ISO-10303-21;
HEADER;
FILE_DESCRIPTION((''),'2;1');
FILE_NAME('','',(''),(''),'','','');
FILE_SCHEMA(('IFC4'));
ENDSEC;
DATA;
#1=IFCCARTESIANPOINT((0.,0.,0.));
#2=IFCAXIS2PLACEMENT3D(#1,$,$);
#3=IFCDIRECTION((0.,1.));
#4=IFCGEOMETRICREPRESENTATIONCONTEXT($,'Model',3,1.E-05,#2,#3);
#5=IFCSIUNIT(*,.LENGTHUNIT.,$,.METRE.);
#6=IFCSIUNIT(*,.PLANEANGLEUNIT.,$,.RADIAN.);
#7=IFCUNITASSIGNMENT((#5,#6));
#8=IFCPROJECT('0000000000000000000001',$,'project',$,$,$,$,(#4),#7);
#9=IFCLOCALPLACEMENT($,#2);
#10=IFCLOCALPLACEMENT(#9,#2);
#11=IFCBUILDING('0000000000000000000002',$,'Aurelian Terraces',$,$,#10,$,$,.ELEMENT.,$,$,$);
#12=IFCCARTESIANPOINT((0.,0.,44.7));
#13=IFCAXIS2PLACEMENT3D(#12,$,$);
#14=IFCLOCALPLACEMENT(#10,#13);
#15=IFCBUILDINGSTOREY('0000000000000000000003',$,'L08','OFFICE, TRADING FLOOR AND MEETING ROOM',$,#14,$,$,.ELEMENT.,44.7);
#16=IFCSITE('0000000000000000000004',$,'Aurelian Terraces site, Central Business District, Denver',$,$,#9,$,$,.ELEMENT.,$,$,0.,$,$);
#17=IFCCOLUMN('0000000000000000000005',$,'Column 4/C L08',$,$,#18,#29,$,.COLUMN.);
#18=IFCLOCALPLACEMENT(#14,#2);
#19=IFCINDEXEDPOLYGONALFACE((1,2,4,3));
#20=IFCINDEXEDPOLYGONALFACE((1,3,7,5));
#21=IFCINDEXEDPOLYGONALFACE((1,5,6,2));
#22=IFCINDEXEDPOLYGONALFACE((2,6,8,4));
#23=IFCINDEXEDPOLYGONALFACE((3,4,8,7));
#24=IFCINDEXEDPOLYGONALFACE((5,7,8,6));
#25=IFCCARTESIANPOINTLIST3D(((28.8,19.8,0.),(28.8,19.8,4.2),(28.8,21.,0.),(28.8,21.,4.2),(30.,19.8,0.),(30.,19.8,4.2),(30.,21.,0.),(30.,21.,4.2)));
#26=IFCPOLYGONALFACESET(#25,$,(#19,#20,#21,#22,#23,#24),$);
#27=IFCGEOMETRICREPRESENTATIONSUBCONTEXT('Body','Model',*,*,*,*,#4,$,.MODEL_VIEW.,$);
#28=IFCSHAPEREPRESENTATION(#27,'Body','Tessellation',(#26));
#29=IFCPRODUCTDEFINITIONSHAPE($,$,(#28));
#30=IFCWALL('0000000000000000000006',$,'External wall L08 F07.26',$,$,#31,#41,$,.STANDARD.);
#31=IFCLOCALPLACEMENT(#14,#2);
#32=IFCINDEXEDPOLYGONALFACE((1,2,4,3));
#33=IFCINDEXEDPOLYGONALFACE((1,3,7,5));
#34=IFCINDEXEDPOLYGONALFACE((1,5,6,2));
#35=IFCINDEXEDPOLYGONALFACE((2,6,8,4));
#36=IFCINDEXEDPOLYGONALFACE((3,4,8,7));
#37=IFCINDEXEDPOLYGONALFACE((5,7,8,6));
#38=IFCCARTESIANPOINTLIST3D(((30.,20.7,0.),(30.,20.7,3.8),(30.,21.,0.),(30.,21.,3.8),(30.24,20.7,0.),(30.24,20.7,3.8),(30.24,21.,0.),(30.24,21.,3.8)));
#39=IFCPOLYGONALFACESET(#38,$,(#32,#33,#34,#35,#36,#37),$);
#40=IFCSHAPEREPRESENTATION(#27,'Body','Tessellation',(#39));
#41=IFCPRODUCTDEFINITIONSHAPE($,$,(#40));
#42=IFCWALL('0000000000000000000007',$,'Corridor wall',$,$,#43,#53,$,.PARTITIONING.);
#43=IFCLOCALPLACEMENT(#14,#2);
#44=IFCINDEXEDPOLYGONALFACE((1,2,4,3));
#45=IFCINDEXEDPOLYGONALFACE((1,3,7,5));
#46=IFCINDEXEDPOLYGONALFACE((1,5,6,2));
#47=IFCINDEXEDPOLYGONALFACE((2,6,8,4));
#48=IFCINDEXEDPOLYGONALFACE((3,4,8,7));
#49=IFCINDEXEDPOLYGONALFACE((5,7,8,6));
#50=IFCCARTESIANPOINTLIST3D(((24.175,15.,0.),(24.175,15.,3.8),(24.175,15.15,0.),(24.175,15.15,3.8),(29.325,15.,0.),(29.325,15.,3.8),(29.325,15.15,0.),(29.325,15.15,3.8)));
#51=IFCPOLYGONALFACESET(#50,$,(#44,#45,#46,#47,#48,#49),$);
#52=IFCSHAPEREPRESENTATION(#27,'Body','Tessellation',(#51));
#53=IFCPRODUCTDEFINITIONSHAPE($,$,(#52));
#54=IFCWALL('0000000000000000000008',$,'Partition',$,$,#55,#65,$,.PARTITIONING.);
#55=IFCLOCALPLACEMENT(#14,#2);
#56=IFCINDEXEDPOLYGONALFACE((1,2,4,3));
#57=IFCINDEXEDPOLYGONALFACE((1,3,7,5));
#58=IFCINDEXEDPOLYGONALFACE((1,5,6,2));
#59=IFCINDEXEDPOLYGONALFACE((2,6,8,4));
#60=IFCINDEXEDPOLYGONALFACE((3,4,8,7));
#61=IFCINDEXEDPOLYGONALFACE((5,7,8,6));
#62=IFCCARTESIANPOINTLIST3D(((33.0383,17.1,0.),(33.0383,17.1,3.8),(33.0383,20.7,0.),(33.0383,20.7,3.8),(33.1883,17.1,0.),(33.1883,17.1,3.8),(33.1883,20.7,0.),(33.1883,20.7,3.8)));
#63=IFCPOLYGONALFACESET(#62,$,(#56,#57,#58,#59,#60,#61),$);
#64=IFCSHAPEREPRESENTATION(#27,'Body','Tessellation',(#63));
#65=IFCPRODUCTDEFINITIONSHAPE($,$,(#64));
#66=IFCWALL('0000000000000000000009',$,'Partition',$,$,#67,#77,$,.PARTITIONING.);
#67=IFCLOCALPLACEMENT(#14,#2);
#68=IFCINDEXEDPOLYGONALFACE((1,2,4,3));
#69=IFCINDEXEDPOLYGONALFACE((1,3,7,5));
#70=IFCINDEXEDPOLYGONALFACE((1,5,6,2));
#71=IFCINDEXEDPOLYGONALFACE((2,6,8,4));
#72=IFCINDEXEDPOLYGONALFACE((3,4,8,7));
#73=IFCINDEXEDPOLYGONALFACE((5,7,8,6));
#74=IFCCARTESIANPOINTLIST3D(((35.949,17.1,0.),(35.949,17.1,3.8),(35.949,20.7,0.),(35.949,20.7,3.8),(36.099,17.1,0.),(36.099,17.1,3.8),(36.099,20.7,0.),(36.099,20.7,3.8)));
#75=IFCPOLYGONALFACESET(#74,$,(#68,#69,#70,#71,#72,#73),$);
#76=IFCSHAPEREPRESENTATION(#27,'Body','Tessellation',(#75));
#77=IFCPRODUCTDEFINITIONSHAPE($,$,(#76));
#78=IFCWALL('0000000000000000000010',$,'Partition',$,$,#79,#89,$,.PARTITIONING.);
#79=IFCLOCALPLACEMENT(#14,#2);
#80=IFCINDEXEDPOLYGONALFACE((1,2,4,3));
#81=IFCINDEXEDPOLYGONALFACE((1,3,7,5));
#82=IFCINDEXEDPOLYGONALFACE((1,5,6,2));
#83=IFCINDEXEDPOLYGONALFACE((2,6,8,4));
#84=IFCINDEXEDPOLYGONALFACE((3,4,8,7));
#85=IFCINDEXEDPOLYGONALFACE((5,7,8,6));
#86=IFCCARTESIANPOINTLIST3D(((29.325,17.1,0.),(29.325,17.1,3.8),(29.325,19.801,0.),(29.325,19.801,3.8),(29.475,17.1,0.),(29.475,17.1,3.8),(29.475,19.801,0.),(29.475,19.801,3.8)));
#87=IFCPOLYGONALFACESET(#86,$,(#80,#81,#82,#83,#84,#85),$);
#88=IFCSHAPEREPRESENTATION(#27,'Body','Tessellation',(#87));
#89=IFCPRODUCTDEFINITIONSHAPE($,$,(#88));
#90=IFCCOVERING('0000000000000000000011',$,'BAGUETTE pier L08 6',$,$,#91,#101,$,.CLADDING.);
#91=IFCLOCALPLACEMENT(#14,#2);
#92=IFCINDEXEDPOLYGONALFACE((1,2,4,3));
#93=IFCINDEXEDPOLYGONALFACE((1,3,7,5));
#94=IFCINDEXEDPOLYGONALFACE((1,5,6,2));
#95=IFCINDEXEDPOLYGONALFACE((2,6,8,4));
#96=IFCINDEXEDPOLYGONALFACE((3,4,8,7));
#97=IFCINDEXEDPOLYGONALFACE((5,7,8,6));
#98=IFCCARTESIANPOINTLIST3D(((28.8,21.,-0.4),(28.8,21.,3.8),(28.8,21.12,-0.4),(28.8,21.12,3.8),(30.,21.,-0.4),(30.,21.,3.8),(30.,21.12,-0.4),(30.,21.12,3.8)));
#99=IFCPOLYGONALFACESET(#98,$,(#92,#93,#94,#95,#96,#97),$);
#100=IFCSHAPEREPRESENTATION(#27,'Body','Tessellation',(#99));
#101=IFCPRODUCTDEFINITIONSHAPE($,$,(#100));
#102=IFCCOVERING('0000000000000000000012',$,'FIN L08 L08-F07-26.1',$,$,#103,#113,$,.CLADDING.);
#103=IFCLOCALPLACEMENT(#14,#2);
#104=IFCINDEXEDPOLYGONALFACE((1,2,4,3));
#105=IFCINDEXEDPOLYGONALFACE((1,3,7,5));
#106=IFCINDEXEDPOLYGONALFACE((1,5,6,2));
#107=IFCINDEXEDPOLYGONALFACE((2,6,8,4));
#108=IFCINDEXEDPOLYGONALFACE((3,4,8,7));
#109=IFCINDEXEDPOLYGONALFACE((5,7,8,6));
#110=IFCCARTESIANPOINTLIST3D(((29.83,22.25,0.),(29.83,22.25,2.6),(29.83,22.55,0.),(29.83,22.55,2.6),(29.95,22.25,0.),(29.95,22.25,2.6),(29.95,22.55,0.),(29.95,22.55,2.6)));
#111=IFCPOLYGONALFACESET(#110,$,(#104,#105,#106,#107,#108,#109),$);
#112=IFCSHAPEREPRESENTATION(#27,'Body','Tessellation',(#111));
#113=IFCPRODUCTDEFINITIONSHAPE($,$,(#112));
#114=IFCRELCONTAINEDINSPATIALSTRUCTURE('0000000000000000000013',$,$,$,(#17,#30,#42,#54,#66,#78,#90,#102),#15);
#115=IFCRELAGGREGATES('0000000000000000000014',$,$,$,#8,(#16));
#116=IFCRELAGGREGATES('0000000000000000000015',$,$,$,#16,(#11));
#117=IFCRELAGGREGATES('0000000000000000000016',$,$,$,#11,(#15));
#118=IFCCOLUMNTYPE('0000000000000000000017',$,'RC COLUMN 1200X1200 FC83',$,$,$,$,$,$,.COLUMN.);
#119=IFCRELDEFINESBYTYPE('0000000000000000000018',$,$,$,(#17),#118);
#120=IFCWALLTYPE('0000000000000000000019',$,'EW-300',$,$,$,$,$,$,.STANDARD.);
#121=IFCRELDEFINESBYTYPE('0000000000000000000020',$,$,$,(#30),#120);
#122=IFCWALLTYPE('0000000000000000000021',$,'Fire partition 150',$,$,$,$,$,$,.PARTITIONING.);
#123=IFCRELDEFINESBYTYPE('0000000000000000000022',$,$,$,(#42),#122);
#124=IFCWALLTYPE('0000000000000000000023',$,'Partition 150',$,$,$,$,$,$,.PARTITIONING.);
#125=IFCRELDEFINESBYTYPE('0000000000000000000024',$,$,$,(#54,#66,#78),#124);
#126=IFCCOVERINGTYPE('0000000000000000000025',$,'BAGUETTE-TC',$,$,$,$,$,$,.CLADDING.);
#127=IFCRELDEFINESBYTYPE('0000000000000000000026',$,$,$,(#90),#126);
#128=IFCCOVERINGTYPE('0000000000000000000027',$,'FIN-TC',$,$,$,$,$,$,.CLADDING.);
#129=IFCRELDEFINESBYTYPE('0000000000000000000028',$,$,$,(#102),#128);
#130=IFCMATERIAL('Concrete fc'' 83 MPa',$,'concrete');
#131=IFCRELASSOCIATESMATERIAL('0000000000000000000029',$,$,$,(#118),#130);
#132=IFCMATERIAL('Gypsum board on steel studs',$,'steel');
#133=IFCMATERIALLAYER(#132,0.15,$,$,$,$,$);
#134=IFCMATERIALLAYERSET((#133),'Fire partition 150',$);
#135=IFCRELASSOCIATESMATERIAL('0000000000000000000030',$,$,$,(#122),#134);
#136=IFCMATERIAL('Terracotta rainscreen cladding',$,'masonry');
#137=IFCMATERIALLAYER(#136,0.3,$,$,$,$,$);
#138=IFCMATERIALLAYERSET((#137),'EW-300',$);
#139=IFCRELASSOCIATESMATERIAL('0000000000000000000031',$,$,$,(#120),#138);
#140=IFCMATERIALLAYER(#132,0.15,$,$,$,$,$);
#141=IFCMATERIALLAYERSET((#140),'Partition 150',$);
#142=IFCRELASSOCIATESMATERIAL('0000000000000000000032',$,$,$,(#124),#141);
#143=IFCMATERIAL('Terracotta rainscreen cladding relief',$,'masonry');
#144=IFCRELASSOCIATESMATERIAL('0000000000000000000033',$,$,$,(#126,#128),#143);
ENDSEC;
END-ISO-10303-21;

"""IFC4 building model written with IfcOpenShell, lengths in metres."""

from ifc_helpers import new_model, si_unit, direction, frame, frame_2d, origin, origin_2d, place, context, subcontext, project, spatial, rectangle, extrude, source, transform, mapped, material, layer, layer_set, material_profile, profile_set, type_object, element, save


model = new_model("IFC4")

# Units and contexts
model_context = context("Model", 3, precision=1e-05, world=origin(), true_north=direction((0.0, 1.0)))
body_context = subcontext(model_context, "Body", "Model", "MODEL_VIEW")
ifc_project = project(units=[si_unit("LENGTHUNIT", "METRE"), si_unit("PLANEANGLEUNIT", "RADIAN")], contexts=[model_context])

# Site, building, storey
site_placement = place(None, origin())
site = spatial("IfcSite", under=ifc_project, at=site_placement, Name="Aurelian Terraces site, Central Business District, Denver", CompositionType="ELEMENT", RefElevation=0.0)
building_placement = place(site_placement, origin())
building = spatial("IfcBuilding", under=site, at=building_placement, Name="Aurelian Terraces", CompositionType="ELEMENT")
storey_placement = place(building_placement, frame((0.0, 0.0, 44.7)))
storey = spatial("IfcBuildingStorey", under=building, at=storey_placement, Name="L08", Description="OFFICE, TRADING FLOOR AND MEETING ROOM", CompositionType="ELEMENT", Elevation=44.7)

# Column
ifc_material_1 = material(Name="Concrete fc' 83 MPa", Category="concrete")
ifc_material_profile = material_profile(ifc_material_1, rectangle(XDim=1.2, YDim=1.2, at=origin_2d()))
ifc_profile_set = profile_set([ifc_material_profile], Name="Concrete fc' 83 MPa")
column_type = type_object("IfcColumnType", Name="RC COLUMN 1200X1200 FC83", PredefinedType="COLUMN", material=ifc_profile_set)
shared_shape_1 = source(origin(), body_context, "Body", "SweptSolid", [
    extrude(rectangle(XDim=1.2, YDim=1.2, at=origin_2d()), origin(), (0.0, 0.0, 1.0), 4.2),
])
column_placement = place(storey_placement, frame((29.4, 20.4, 0.0), z_axis=(0.0, 0.0, 1.0), x_axis=(1.0, 0.0, 0.0)))
element("IfcColumn", 1, at=column_placement, inside=storey, type_object=column_type, Name="Column 4/C L08", PredefinedType="COLUMN", context=body_context, shape_type="MappedRepresentation", body=[
    mapped(shared_shape_1, transform((0.0, 0.0, 0.0), scale=1.0)),
])

# Shared definitions
ifc_material_2 = material(Name="Gypsum board on steel studs", Category="steel")
ifc_layer_1 = layer(ifc_material_2, 0.15)
ifc_layer_set_1 = layer_set([ifc_layer_1], Name="Fire partition 150")
wall_type_1 = type_object("IfcWallType", Name="Fire partition 150", PredefinedType="PARTITIONING", material=ifc_layer_set_1)

# Walls
ifc_material_3 = material(Name="Terracotta rainscreen cladding", Category="masonry")
ifc_layer_2 = layer(ifc_material_3, 0.3)
ifc_layer_set_2 = layer_set([ifc_layer_2], Name="EW-300")
wall_type_2 = type_object("IfcWallType", Name="EW-300", PredefinedType="STANDARD", material=ifc_layer_set_2)
shared_shape_2 = source(origin(), body_context, "Body", "SweptSolid", [
    extrude(rectangle(XDim=0.24, YDim=0.3, at=frame_2d((0.12, 0.0))), origin(), (0.0, 0.0, 1.0), 3.8),
])
wall_1_placement = place(storey_placement, frame((30.24, 20.85, 0.0), z_axis=(0.0, 0.0, 1.0), x_axis=(-1.0, 0.0, 0.0)))
element("IfcWall", 2, at=wall_1_placement, inside=storey, type_object=wall_type_2, Name="External wall L08 F07.26", PredefinedType="STANDARD", context=body_context, shape_type="MappedRepresentation", body=[
    mapped(shared_shape_2, transform((0.0, 0.0, 0.0), scale=1.0)),
])
shared_shape_3 = source(origin(), body_context, "Body", "SweptSolid", [
    extrude(rectangle(XDim=5.15, YDim=0.15, at=frame_2d((2.575, 0.0))), origin(), (0.0, 0.0, 1.0), 3.8),
])
wall_2_placement = place(storey_placement, frame((29.325, 15.075, 0.0), z_axis=(0.0, 0.0, 1.0), x_axis=(-1.0, 0.0, 0.0)))
element("IfcWall", 3, at=wall_2_placement, inside=storey, type_object=wall_type_1, Name="Corridor wall", PredefinedType="PARTITIONING", context=body_context, shape_type="MappedRepresentation", body=[
    mapped(shared_shape_3, transform((0.0, 0.0, 0.0), scale=1.0)),
])
ifc_layer_3 = layer(ifc_material_2, 0.15)
ifc_layer_set_3 = layer_set([ifc_layer_3], Name="Partition 150")
wall_type_3 = type_object("IfcWallType", Name="Partition 150", PredefinedType="PARTITIONING", material=ifc_layer_set_3)
shared_shape_4 = source(origin(), body_context, "Body", "SweptSolid", [
    extrude(rectangle(XDim=3.6, YDim=0.15, at=frame_2d((1.8, 0.0))), origin(), (0.0, 0.0, 1.0), 3.8),
])
for number, where, z_axis, x_axis, name in (
    (4, (33.1133, 20.7, 0.0), (0.0, 0.0, 1.0), (0.0, -1.0, 0.0), "Partition"),
    (5, (36.024, 20.7, 0.0), (0.0, 0.0, 1.0), (0.0, -1.0, 0.0), "Partition"),
):
    element("IfcWall", number, at=place(storey_placement, frame(where, z_axis=z_axis, x_axis=x_axis)), inside=storey, type_object=wall_type_3, Name=name, PredefinedType="PARTITIONING", context=body_context, shape_type="MappedRepresentation", body=[
        mapped(shared_shape_4, transform((0.0, 0.0, 0.0), scale=1.0)),
    ])
shared_shape_5 = source(origin(), body_context, "Body", "SweptSolid", [
    extrude(rectangle(XDim=2.701, YDim=0.15, at=frame_2d((1.3505, 0.0))), origin(), (0.0, 0.0, 1.0), 3.8),
])
wall_3_placement = place(storey_placement, frame((29.4, 17.1, 0.0), z_axis=(0.0, 0.0, 1.0), x_axis=(0.0, 1.0, 0.0)))
element("IfcWall", 6, at=wall_3_placement, inside=storey, type_object=wall_type_3, Name="Partition", PredefinedType="PARTITIONING", context=body_context, shape_type="MappedRepresentation", body=[
    mapped(shared_shape_5, transform((0.0, 0.0, 0.0), scale=1.0)),
])

# Coverings
ifc_material_4 = material(Name="Terracotta rainscreen cladding relief", Category="masonry")
covering_type_1 = type_object("IfcCoveringType", Name="BAGUETTE-TC", PredefinedType="CLADDING", material=ifc_material_4)
shared_shape_6 = source(origin(), body_context, "Body", "SweptSolid", [
    extrude(rectangle(XDim=1.2, YDim=0.12, at=origin_2d()), origin(), (0.0, 0.0, 1.0), 4.2),
])
covering_1_placement = place(storey_placement, frame((29.4, 21.06, -0.4), z_axis=(0.0, 0.0, 1.0), x_axis=(1.0, 0.0, 0.0)))
element("IfcCovering", 7, at=covering_1_placement, inside=storey, type_object=covering_type_1, Name="BAGUETTE pier L08 6", PredefinedType="CLADDING", context=body_context, shape_type="MappedRepresentation", body=[
    mapped(shared_shape_6, transform((0.0, 0.0, 0.0), scale=1.0)),
])
covering_type_2 = type_object("IfcCoveringType", Name="FIN-TC", PredefinedType="CLADDING", material=ifc_material_4)
shared_shape_7 = source(origin(), body_context, "Body", "SweptSolid", [
    extrude(rectangle(XDim=0.12, YDim=0.3, at=origin_2d()), origin(), (0.0, 0.0, 1.0), 2.6),
])
covering_2_placement = place(storey_placement, frame((29.89, 22.4, 0.0), z_axis=(0.0, 0.0, 1.0), x_axis=(1.0, 0.0, 0.0)))
element("IfcCovering", 8, at=covering_2_placement, inside=storey, type_object=covering_type_2, Name="FIN L08 L08-F07-26.1", PredefinedType="CLADDING", context=body_context, shape_type="MappedRepresentation", body=[
    mapped(shared_shape_7, transform((0.0, 0.0, 0.0), scale=1.0)),
])

save(model, "model.ifc")
